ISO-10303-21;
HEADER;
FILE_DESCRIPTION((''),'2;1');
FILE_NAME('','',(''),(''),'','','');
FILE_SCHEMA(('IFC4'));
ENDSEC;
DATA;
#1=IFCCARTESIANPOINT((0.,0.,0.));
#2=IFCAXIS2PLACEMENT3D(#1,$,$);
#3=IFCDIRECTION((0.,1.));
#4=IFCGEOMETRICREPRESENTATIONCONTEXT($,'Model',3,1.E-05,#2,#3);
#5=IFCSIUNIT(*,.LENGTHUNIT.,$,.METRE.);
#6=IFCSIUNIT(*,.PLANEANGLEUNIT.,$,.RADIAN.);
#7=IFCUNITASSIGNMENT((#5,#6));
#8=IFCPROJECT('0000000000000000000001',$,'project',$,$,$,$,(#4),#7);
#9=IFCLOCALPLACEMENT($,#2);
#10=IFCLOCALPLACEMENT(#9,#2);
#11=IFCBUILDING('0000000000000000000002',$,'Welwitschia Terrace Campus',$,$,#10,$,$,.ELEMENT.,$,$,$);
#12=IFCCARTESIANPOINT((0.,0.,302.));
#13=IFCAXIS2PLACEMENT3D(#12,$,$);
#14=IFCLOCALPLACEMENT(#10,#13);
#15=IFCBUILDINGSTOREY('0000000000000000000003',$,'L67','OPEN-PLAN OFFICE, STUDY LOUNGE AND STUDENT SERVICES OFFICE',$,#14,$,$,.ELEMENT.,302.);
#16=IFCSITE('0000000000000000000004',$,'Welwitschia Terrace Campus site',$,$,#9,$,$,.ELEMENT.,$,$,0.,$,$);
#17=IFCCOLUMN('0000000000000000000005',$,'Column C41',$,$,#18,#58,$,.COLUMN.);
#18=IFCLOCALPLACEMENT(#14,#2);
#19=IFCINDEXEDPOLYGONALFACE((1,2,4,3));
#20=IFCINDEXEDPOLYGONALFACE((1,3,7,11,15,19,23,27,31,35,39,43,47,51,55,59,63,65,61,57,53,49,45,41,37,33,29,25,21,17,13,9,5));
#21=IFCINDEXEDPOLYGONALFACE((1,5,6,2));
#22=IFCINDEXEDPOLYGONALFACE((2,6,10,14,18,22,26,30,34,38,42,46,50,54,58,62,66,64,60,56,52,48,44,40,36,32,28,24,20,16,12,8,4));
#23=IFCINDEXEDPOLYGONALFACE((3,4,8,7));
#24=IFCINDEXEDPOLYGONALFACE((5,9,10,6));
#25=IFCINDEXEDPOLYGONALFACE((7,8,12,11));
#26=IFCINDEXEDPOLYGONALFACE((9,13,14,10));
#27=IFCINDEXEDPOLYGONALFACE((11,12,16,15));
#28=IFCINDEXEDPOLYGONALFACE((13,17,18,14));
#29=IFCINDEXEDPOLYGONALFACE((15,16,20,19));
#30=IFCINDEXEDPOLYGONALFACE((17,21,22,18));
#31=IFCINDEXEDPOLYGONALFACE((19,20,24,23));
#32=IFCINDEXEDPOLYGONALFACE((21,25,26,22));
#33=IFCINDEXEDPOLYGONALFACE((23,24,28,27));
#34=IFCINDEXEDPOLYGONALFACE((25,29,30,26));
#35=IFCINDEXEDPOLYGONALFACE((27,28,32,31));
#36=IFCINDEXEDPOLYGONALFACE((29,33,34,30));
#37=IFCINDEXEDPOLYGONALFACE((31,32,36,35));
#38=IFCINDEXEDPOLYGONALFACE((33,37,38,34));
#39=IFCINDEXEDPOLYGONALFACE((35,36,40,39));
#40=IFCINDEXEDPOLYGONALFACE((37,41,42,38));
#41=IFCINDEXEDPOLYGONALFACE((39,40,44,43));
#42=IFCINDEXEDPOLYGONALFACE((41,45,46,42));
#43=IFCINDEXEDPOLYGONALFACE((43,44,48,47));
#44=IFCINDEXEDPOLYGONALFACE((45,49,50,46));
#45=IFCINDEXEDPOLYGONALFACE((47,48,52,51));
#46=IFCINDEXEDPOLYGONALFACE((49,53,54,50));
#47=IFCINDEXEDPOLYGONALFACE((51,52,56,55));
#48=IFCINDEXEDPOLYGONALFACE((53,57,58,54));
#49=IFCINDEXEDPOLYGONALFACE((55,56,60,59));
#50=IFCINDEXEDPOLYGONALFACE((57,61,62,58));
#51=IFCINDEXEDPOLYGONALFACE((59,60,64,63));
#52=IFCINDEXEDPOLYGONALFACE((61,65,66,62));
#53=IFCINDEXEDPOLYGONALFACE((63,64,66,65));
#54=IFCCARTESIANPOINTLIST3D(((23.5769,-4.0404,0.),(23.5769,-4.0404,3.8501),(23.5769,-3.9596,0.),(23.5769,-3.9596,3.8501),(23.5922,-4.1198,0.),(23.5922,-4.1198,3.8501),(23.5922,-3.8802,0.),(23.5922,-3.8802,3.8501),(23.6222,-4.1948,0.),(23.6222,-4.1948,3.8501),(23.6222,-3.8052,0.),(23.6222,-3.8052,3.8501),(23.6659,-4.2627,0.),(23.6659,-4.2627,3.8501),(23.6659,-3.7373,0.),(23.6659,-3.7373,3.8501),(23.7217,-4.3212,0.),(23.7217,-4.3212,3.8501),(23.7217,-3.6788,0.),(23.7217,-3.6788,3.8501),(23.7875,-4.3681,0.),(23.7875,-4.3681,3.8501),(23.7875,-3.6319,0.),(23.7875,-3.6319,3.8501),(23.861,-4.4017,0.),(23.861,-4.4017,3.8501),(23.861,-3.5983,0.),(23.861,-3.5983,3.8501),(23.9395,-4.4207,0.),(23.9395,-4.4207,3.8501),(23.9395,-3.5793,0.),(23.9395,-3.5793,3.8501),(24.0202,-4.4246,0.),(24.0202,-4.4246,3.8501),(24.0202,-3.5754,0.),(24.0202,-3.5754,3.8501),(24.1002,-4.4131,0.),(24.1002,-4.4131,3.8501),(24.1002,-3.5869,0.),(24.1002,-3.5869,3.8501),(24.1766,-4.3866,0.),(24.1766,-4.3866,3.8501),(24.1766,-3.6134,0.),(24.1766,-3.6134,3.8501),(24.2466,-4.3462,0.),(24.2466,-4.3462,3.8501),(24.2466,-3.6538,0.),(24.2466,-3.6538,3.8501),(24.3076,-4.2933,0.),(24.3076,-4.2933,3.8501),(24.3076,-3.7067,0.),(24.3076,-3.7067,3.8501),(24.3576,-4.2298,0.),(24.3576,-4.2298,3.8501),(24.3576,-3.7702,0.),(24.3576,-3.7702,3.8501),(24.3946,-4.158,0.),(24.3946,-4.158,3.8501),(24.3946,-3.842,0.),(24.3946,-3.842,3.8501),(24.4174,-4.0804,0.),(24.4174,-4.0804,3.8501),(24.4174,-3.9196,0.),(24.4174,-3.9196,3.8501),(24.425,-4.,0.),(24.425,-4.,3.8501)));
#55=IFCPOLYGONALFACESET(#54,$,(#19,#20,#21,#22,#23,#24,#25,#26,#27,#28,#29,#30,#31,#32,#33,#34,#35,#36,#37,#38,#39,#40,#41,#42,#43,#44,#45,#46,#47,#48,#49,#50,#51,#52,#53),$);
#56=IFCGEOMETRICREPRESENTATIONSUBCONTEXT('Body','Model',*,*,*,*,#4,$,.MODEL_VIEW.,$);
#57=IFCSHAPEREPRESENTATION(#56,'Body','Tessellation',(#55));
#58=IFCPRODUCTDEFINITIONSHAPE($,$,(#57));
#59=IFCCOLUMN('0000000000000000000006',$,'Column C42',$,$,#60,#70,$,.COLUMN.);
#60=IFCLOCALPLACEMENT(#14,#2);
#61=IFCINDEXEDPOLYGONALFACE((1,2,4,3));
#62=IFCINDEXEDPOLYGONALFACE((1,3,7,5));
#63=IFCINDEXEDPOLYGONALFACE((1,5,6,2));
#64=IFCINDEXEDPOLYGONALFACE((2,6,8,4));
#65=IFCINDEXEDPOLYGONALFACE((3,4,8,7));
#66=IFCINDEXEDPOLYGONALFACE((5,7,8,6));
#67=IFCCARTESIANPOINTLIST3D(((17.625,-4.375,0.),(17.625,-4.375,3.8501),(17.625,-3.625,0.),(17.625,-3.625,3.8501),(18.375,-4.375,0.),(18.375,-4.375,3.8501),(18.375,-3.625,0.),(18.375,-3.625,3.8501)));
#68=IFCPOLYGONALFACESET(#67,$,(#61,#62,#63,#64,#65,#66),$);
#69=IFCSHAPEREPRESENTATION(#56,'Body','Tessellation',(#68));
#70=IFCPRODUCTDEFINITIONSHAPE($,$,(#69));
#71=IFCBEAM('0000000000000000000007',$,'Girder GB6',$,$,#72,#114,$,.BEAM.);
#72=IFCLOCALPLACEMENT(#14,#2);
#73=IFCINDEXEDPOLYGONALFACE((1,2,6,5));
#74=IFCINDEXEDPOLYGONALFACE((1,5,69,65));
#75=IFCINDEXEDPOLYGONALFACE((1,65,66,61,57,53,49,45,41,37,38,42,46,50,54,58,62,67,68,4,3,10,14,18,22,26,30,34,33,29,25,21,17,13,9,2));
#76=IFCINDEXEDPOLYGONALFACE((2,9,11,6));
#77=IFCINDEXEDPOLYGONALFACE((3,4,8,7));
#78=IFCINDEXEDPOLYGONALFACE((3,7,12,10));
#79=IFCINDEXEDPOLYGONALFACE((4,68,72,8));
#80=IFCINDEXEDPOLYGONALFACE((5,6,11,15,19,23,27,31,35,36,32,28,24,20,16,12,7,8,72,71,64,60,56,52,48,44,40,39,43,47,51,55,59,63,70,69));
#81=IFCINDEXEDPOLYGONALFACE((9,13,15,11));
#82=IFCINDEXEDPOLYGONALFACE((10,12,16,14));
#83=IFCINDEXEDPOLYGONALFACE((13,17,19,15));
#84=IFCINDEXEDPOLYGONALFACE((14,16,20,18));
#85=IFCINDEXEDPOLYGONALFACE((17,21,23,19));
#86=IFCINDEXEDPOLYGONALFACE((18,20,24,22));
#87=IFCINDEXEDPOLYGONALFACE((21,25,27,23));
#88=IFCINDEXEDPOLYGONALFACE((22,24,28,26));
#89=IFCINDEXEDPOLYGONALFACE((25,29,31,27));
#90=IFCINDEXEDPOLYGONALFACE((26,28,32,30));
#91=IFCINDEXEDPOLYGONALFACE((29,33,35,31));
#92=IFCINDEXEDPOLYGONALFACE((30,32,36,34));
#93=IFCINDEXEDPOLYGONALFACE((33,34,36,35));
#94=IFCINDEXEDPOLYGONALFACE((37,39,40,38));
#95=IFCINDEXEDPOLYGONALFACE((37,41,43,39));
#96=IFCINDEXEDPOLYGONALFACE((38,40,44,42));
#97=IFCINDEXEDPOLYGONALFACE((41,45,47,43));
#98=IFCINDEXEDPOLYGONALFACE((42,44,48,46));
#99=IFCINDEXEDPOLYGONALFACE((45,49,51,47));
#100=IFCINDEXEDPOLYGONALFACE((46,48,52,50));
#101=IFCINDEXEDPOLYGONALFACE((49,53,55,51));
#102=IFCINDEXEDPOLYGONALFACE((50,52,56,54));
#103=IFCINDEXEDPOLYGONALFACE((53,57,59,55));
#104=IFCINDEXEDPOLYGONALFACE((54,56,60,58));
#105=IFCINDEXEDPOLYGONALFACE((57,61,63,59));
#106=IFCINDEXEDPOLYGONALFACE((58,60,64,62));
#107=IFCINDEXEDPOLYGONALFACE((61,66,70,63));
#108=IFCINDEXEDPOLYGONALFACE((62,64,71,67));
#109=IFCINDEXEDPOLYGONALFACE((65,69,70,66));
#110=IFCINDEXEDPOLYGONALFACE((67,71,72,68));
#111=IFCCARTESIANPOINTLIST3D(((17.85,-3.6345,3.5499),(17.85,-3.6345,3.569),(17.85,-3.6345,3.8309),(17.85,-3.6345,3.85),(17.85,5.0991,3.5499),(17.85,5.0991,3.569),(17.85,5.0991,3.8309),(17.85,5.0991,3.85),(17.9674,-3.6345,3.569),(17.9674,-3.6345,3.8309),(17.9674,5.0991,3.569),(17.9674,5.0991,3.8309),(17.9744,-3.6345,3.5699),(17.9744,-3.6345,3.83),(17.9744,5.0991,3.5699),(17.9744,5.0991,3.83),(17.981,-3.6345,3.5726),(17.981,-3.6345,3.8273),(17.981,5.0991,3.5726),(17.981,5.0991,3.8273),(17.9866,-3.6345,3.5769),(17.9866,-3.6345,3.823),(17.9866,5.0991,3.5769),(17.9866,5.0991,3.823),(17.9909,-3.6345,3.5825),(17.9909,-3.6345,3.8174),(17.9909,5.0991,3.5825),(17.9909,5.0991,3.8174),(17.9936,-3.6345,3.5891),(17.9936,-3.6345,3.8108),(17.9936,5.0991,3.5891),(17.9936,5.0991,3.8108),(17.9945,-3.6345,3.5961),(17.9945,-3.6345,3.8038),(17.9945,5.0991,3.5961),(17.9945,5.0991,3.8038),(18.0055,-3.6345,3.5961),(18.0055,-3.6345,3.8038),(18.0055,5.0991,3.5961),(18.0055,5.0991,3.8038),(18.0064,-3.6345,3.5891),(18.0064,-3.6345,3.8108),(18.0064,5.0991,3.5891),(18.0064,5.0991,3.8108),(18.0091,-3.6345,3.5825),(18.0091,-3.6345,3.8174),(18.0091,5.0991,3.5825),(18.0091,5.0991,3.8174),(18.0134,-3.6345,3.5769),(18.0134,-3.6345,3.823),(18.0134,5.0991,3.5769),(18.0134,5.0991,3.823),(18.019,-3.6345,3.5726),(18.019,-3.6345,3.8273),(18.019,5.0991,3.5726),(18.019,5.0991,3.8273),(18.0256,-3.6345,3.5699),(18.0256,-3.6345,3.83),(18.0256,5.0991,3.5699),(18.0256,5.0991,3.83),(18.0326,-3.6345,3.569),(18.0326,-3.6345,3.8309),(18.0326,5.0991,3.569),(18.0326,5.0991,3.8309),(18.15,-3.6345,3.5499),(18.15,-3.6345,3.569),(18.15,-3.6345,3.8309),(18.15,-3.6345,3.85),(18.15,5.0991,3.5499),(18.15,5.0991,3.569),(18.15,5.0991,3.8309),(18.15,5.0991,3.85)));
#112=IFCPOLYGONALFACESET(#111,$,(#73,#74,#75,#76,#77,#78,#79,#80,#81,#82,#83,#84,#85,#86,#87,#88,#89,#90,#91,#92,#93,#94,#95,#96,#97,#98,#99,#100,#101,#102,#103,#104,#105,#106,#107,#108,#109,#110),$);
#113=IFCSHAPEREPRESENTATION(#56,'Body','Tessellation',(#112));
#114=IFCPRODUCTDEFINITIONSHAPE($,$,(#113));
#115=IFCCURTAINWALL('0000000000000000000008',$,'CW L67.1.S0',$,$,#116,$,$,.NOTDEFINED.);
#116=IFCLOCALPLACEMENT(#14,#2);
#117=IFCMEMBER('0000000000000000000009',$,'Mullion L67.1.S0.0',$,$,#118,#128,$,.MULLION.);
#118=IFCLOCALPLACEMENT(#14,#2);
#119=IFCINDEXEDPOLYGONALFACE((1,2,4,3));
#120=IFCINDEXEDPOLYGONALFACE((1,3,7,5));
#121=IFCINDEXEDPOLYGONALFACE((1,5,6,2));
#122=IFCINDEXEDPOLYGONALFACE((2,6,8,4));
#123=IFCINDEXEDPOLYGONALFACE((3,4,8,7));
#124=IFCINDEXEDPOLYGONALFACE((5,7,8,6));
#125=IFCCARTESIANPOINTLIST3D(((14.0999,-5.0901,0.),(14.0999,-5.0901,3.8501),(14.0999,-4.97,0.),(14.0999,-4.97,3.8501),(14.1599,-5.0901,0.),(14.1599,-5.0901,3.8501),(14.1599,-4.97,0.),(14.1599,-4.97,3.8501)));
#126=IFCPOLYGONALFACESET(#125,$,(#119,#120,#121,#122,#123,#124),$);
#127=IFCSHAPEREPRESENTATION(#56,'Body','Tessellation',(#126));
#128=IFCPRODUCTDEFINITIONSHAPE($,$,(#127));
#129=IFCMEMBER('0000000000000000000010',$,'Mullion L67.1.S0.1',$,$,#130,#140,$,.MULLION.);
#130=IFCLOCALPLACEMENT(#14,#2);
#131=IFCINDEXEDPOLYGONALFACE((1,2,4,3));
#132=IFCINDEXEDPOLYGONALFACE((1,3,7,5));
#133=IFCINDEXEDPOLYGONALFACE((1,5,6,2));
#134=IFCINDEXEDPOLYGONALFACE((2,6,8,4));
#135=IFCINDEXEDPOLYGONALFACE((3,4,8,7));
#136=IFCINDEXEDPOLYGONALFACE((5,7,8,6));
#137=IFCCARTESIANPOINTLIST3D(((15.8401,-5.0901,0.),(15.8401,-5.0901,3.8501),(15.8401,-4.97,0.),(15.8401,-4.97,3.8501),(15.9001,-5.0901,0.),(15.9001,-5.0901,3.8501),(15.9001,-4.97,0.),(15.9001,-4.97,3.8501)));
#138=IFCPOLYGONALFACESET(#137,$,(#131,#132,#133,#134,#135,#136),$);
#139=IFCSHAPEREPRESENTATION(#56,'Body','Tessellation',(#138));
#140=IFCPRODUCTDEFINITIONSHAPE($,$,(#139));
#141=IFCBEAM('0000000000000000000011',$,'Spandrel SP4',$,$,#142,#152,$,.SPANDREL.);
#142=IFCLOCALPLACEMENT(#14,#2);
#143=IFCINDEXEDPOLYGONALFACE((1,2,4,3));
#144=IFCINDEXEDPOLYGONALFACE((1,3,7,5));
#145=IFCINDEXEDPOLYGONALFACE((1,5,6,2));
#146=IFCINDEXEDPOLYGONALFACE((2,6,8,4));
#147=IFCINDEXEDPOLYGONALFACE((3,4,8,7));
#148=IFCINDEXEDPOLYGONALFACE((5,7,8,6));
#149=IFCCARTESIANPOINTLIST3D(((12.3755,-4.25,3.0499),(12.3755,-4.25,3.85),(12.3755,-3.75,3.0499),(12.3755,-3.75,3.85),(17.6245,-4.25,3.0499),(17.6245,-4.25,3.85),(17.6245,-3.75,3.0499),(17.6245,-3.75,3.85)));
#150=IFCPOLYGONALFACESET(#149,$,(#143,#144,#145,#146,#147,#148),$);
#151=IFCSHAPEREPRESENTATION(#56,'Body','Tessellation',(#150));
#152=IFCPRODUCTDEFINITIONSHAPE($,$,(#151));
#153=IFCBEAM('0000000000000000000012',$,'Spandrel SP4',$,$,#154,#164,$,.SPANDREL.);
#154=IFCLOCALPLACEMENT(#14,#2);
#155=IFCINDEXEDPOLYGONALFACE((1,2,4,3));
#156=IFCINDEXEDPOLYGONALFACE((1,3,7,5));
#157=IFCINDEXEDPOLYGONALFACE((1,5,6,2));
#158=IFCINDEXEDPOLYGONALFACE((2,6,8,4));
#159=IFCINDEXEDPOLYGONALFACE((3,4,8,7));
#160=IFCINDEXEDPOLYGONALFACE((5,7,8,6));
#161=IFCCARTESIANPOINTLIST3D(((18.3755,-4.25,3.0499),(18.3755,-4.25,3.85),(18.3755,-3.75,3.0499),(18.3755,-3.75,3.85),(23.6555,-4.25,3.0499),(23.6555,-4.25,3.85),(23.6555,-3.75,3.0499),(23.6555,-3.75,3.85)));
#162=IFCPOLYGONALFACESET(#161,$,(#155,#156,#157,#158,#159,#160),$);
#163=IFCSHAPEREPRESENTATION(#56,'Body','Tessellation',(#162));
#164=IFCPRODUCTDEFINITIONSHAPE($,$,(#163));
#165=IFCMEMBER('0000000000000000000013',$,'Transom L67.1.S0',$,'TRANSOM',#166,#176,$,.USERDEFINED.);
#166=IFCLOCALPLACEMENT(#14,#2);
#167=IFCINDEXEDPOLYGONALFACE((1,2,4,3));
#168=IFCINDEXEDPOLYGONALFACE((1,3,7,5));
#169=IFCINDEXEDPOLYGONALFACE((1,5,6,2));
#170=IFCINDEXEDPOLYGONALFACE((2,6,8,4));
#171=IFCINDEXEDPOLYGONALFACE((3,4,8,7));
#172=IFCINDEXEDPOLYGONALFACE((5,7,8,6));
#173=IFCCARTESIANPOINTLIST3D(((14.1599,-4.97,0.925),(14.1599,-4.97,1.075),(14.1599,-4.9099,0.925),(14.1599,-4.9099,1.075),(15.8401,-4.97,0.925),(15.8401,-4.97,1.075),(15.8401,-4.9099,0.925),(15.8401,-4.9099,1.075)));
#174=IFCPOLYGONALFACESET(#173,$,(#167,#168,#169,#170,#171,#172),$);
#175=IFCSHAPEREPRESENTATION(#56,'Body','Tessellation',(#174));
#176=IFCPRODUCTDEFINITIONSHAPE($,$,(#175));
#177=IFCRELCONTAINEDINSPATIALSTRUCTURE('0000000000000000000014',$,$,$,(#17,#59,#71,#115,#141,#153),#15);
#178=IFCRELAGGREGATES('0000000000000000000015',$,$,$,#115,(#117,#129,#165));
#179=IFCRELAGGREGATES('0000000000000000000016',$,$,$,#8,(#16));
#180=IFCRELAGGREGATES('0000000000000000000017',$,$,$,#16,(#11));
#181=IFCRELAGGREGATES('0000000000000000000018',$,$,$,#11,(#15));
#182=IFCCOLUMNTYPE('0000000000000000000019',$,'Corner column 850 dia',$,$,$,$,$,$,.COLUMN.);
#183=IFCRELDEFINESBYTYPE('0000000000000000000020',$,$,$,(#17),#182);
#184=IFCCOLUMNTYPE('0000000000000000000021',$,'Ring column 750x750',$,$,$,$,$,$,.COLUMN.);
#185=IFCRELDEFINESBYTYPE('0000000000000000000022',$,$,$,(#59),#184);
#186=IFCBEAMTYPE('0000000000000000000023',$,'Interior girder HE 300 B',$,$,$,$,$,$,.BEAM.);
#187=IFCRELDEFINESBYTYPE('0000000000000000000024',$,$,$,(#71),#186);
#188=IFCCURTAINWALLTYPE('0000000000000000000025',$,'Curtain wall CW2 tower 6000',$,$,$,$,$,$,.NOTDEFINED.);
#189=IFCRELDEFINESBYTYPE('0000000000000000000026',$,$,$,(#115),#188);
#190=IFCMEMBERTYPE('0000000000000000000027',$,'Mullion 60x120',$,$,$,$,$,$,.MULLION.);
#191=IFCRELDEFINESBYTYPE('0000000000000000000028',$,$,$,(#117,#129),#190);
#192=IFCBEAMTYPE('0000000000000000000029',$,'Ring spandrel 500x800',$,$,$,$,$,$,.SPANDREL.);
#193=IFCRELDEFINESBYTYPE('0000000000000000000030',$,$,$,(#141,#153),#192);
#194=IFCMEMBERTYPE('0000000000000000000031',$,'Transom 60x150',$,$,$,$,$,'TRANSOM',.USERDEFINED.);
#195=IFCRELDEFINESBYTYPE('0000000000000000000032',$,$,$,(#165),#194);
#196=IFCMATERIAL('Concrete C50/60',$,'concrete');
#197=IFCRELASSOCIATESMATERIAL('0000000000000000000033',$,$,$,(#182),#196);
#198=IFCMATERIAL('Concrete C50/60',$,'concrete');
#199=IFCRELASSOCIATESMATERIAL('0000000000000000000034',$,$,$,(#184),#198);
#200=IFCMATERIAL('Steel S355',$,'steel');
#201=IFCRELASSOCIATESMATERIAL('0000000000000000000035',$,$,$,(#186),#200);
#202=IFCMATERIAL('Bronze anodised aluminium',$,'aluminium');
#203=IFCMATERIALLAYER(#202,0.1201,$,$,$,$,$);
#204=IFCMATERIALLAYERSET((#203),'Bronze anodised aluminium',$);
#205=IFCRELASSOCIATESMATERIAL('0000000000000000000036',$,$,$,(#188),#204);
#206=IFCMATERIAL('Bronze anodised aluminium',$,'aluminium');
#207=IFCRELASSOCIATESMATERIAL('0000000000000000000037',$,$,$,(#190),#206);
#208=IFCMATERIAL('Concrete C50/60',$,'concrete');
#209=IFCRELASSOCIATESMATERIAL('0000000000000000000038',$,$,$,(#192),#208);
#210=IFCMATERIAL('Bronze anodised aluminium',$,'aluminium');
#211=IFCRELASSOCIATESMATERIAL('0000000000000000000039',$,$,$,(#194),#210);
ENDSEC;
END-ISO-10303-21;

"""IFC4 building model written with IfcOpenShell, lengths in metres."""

from ifc_helpers import new_model, si_unit, direction, frame, origin, origin_2d, place, context, subcontext, project, spatial, rectangle, circle, i_section, extrude, material, layer, layer_set, material_profile, profile_set, type_object, element, aggregate, save


model = new_model("IFC4")

# Units and contexts
model_context = context("Model", 3, precision=1e-05, world=origin(), true_north=direction((0.0, 1.0)))
body_context = subcontext(model_context, "Body", "Model", "MODEL_VIEW")
ifc_project = project(units=[si_unit("LENGTHUNIT", "METRE"), si_unit("PLANEANGLEUNIT", "RADIAN")], contexts=[model_context])

# Site, building, storey
site_placement = place(None, origin())
site = spatial("IfcSite", under=ifc_project, at=site_placement, Name="Welwitschia Terrace Campus site", CompositionType="ELEMENT", RefElevation=0.0)
building_placement = place(site_placement, origin())
building = spatial("IfcBuilding", under=site, at=building_placement, Name="Welwitschia Terrace Campus", CompositionType="ELEMENT")
storey_placement = place(building_placement, frame((0.0, 0.0, 302.0)))
storey = spatial("IfcBuildingStorey", under=building, at=storey_placement, Name="L67", Description="OPEN-PLAN OFFICE, STUDY LOUNGE AND STUDENT SERVICES OFFICE", CompositionType="ELEMENT", Elevation=302.0)

# Columns
ifc_material_1 = material(Name="Concrete C50/60", Category="concrete")
ifc_material_profile_1 = material_profile(ifc_material_1, circle(Radius=0.425, at=origin_2d()))
ifc_profile_set_1 = profile_set([ifc_material_profile_1], Name="Concrete C50/60")
column_type_1 = type_object("IfcColumnType", Name="Corner column 850 dia", PredefinedType="COLUMN", material=ifc_profile_set_1)
column_1_placement = place(storey_placement, frame((24.0, -4.0, 0.0), z_axis=(0.0, 0.0, 1.0), x_axis=(1.0, 0.0, 0.0)))
element("IfcColumn", 1, at=column_1_placement, inside=storey, type_object=column_type_1, Name="Column C41", PredefinedType="COLUMN", context=body_context, shape_type="SweptSolid", body=[
    extrude(circle(Radius=0.425, at=origin_2d()), origin(), (0.0, 0.0, 1.0), 3.8501),
])
ifc_material_2 = material(Name="Concrete C50/60", Category="concrete")
ifc_material_profile_2 = material_profile(ifc_material_2, rectangle(XDim=0.75, YDim=0.75, at=origin_2d()))
ifc_profile_set_2 = profile_set([ifc_material_profile_2], Name="Concrete C50/60")
column_type_2 = type_object("IfcColumnType", Name="Ring column 750x750", PredefinedType="COLUMN", material=ifc_profile_set_2)
column_2_placement = place(storey_placement, frame((18.0, -4.0, 0.0), z_axis=(0.0, 0.0, 1.0), x_axis=(1.0, 0.0, 0.0)))
element("IfcColumn", 2, at=column_2_placement, inside=storey, type_object=column_type_2, Name="Column C42", PredefinedType="COLUMN", context=body_context, shape_type="SweptSolid", body=[
    extrude(rectangle(XDim=0.75, YDim=0.75, at=origin_2d()), origin(), (0.0, 0.0, 1.0), 3.8501),
])

# Beam
ifc_material_3 = material(Name="Steel S355", Category="steel")
ifc_material_profile_3 = material_profile(ifc_material_3, i_section(OverallWidth=0.3, OverallDepth=0.3, WebThickness=0.011, FlangeThickness=0.019, FilletRadius=0.0271, at=origin_2d()))
ifc_profile_set_3 = profile_set([ifc_material_profile_3], Name="Steel S355")
beam_type_1 = type_object("IfcBeamType", Name="Interior girder HE 300 B", PredefinedType="BEAM", material=ifc_profile_set_3)
beam_1_placement = place(storey_placement, frame((18.0, -3.6345, 3.7), z_axis=(0.0, 1.0, 0.0), x_axis=(-1.0, 0.0, 0.0)))
element("IfcBeam", 3, at=beam_1_placement, inside=storey, type_object=beam_type_1, Name="Girder GB6", PredefinedType="BEAM", context=body_context, shape_type="SweptSolid", body=[
    extrude(i_section(OverallWidth=0.3, OverallDepth=0.3, WebThickness=0.011, FlangeThickness=0.019, FilletRadius=0.0271, at=origin_2d()), origin(), (0.0, 0.0, 1.0), 8.7336),
])

# Curtain wall, members
ifc_material_4 = material(Name="Bronze anodised aluminium", Category="aluminium")
ifc_layer_1 = layer(ifc_material_4, 0.1201)
ifc_layer_set_1 = layer_set([ifc_layer_1], Name="Bronze anodised aluminium")
curtain_wall_type = type_object("IfcCurtainWallType", Name="Curtain wall CW2 tower 6000", PredefinedType="NOTDEFINED", material=ifc_layer_set_1)
curtain_wall_placement = place(storey_placement, origin())
curtain_wall = element("IfcCurtainWall", 4, at=curtain_wall_placement, inside=storey, type_object=curtain_wall_type, Name="CW L67.1.S0", PredefinedType="NOTDEFINED")
ifc_material_5 = material(Name="Bronze anodised aluminium", Category="aluminium")
ifc_material_profile_4 = material_profile(ifc_material_5, rectangle(XDim=0.1201, YDim=0.0601, at=origin_2d()))
ifc_profile_set_4 = profile_set([ifc_material_profile_4], Name="Bronze anodised aluminium")
member_type_1 = type_object("IfcMemberType", Name="Mullion 60x120", PredefinedType="MULLION", material=ifc_profile_set_4)
member_1_placement = place(storey_placement, frame((14.1299, -5.03, 0.0), z_axis=(0.0, 0.0, 1.0), x_axis=(0.0, 1.0, 0.0)))
member_1 = element("IfcMember", 5, at=member_1_placement, type_object=member_type_1, Name="Mullion L67.1.S0.0", PredefinedType="MULLION", context=body_context, shape_type="SweptSolid", body=[
    extrude(rectangle(XDim=0.1201, YDim=0.0601, at=origin_2d()), origin(), (0.0, 0.0, 1.0), 3.8501),
])
member_2_placement = place(storey_placement, frame((15.8701, -5.03, 0.0), z_axis=(0.0, 0.0, 1.0), x_axis=(0.0, 1.0, 0.0)))
member_2 = element("IfcMember", 6, at=member_2_placement, type_object=member_type_1, Name="Mullion L67.1.S0.1", PredefinedType="MULLION", context=body_context, shape_type="SweptSolid", body=[
    extrude(rectangle(XDim=0.1201, YDim=0.0601, at=origin_2d()), origin(), (0.0, 0.0, 1.0), 3.8501),
])

# Beams
ifc_material_6 = material(Name="Concrete C50/60", Category="concrete")
ifc_material_profile_5 = material_profile(ifc_material_6, rectangle(XDim=0.5, YDim=0.8, at=origin_2d()))
ifc_profile_set_5 = profile_set([ifc_material_profile_5], Name="Concrete C50/60")
beam_type_2 = type_object("IfcBeamType", Name="Ring spandrel 500x800", PredefinedType="SPANDREL", material=ifc_profile_set_5)
beam_2_placement = place(storey_placement, frame((12.3755, -4.0, 3.45), z_axis=(1.0, 0.0, 0.0), x_axis=(0.0, 1.0, 0.0)))
element("IfcBeam", 7, at=beam_2_placement, inside=storey, type_object=beam_type_2, Name="Spandrel SP4", PredefinedType="SPANDREL", context=body_context, shape_type="SweptSolid", body=[
    extrude(rectangle(XDim=0.5, YDim=0.8, at=origin_2d()), origin(), (0.0, 0.0, 1.0), 5.249),
])
beam_3_placement = place(storey_placement, frame((18.3755, -4.0, 3.45), z_axis=(1.0, 0.0, 0.0), x_axis=(0.0, 1.0, 0.0)))
element("IfcBeam", 8, at=beam_3_placement, inside=storey, type_object=beam_type_2, Name="Spandrel SP4", PredefinedType="SPANDREL", context=body_context, shape_type="SweptSolid", body=[
    extrude(rectangle(XDim=0.5, YDim=0.8, at=origin_2d()), origin(), (0.0, 0.0, 1.0), 5.28),
])

# Member
ifc_material_7 = material(Name="Bronze anodised aluminium", Category="aluminium")
ifc_material_profile_6 = material_profile(ifc_material_7, rectangle(XDim=0.0601, YDim=0.1499, at=origin_2d()))
ifc_profile_set_6 = profile_set([ifc_material_profile_6], Name="Bronze anodised aluminium")
member_type_2 = type_object("IfcMemberType", Name="Transom 60x150", ElementType="TRANSOM", PredefinedType="USERDEFINED", material=ifc_profile_set_6)
member_3_placement = place(storey_placement, frame((14.1599, -4.9399, 1.0), z_axis=(1.0, 0.0, 0.0), x_axis=(0.0, 1.0, 0.0)))
member_3 = element("IfcMember", 9, at=member_3_placement, type_object=member_type_2, Name="Transom L67.1.S0", ObjectType="TRANSOM", PredefinedType="USERDEFINED", context=body_context, shape_type="SweptSolid", body=[
    extrude(rectangle(XDim=0.0601, YDim=0.1499, at=origin_2d()), origin(), (0.0, 0.0, 1.0), 1.6802),
])

aggregate(curtain_wall, [member_1, member_2, member_3])

save(model, "model.ifc")
